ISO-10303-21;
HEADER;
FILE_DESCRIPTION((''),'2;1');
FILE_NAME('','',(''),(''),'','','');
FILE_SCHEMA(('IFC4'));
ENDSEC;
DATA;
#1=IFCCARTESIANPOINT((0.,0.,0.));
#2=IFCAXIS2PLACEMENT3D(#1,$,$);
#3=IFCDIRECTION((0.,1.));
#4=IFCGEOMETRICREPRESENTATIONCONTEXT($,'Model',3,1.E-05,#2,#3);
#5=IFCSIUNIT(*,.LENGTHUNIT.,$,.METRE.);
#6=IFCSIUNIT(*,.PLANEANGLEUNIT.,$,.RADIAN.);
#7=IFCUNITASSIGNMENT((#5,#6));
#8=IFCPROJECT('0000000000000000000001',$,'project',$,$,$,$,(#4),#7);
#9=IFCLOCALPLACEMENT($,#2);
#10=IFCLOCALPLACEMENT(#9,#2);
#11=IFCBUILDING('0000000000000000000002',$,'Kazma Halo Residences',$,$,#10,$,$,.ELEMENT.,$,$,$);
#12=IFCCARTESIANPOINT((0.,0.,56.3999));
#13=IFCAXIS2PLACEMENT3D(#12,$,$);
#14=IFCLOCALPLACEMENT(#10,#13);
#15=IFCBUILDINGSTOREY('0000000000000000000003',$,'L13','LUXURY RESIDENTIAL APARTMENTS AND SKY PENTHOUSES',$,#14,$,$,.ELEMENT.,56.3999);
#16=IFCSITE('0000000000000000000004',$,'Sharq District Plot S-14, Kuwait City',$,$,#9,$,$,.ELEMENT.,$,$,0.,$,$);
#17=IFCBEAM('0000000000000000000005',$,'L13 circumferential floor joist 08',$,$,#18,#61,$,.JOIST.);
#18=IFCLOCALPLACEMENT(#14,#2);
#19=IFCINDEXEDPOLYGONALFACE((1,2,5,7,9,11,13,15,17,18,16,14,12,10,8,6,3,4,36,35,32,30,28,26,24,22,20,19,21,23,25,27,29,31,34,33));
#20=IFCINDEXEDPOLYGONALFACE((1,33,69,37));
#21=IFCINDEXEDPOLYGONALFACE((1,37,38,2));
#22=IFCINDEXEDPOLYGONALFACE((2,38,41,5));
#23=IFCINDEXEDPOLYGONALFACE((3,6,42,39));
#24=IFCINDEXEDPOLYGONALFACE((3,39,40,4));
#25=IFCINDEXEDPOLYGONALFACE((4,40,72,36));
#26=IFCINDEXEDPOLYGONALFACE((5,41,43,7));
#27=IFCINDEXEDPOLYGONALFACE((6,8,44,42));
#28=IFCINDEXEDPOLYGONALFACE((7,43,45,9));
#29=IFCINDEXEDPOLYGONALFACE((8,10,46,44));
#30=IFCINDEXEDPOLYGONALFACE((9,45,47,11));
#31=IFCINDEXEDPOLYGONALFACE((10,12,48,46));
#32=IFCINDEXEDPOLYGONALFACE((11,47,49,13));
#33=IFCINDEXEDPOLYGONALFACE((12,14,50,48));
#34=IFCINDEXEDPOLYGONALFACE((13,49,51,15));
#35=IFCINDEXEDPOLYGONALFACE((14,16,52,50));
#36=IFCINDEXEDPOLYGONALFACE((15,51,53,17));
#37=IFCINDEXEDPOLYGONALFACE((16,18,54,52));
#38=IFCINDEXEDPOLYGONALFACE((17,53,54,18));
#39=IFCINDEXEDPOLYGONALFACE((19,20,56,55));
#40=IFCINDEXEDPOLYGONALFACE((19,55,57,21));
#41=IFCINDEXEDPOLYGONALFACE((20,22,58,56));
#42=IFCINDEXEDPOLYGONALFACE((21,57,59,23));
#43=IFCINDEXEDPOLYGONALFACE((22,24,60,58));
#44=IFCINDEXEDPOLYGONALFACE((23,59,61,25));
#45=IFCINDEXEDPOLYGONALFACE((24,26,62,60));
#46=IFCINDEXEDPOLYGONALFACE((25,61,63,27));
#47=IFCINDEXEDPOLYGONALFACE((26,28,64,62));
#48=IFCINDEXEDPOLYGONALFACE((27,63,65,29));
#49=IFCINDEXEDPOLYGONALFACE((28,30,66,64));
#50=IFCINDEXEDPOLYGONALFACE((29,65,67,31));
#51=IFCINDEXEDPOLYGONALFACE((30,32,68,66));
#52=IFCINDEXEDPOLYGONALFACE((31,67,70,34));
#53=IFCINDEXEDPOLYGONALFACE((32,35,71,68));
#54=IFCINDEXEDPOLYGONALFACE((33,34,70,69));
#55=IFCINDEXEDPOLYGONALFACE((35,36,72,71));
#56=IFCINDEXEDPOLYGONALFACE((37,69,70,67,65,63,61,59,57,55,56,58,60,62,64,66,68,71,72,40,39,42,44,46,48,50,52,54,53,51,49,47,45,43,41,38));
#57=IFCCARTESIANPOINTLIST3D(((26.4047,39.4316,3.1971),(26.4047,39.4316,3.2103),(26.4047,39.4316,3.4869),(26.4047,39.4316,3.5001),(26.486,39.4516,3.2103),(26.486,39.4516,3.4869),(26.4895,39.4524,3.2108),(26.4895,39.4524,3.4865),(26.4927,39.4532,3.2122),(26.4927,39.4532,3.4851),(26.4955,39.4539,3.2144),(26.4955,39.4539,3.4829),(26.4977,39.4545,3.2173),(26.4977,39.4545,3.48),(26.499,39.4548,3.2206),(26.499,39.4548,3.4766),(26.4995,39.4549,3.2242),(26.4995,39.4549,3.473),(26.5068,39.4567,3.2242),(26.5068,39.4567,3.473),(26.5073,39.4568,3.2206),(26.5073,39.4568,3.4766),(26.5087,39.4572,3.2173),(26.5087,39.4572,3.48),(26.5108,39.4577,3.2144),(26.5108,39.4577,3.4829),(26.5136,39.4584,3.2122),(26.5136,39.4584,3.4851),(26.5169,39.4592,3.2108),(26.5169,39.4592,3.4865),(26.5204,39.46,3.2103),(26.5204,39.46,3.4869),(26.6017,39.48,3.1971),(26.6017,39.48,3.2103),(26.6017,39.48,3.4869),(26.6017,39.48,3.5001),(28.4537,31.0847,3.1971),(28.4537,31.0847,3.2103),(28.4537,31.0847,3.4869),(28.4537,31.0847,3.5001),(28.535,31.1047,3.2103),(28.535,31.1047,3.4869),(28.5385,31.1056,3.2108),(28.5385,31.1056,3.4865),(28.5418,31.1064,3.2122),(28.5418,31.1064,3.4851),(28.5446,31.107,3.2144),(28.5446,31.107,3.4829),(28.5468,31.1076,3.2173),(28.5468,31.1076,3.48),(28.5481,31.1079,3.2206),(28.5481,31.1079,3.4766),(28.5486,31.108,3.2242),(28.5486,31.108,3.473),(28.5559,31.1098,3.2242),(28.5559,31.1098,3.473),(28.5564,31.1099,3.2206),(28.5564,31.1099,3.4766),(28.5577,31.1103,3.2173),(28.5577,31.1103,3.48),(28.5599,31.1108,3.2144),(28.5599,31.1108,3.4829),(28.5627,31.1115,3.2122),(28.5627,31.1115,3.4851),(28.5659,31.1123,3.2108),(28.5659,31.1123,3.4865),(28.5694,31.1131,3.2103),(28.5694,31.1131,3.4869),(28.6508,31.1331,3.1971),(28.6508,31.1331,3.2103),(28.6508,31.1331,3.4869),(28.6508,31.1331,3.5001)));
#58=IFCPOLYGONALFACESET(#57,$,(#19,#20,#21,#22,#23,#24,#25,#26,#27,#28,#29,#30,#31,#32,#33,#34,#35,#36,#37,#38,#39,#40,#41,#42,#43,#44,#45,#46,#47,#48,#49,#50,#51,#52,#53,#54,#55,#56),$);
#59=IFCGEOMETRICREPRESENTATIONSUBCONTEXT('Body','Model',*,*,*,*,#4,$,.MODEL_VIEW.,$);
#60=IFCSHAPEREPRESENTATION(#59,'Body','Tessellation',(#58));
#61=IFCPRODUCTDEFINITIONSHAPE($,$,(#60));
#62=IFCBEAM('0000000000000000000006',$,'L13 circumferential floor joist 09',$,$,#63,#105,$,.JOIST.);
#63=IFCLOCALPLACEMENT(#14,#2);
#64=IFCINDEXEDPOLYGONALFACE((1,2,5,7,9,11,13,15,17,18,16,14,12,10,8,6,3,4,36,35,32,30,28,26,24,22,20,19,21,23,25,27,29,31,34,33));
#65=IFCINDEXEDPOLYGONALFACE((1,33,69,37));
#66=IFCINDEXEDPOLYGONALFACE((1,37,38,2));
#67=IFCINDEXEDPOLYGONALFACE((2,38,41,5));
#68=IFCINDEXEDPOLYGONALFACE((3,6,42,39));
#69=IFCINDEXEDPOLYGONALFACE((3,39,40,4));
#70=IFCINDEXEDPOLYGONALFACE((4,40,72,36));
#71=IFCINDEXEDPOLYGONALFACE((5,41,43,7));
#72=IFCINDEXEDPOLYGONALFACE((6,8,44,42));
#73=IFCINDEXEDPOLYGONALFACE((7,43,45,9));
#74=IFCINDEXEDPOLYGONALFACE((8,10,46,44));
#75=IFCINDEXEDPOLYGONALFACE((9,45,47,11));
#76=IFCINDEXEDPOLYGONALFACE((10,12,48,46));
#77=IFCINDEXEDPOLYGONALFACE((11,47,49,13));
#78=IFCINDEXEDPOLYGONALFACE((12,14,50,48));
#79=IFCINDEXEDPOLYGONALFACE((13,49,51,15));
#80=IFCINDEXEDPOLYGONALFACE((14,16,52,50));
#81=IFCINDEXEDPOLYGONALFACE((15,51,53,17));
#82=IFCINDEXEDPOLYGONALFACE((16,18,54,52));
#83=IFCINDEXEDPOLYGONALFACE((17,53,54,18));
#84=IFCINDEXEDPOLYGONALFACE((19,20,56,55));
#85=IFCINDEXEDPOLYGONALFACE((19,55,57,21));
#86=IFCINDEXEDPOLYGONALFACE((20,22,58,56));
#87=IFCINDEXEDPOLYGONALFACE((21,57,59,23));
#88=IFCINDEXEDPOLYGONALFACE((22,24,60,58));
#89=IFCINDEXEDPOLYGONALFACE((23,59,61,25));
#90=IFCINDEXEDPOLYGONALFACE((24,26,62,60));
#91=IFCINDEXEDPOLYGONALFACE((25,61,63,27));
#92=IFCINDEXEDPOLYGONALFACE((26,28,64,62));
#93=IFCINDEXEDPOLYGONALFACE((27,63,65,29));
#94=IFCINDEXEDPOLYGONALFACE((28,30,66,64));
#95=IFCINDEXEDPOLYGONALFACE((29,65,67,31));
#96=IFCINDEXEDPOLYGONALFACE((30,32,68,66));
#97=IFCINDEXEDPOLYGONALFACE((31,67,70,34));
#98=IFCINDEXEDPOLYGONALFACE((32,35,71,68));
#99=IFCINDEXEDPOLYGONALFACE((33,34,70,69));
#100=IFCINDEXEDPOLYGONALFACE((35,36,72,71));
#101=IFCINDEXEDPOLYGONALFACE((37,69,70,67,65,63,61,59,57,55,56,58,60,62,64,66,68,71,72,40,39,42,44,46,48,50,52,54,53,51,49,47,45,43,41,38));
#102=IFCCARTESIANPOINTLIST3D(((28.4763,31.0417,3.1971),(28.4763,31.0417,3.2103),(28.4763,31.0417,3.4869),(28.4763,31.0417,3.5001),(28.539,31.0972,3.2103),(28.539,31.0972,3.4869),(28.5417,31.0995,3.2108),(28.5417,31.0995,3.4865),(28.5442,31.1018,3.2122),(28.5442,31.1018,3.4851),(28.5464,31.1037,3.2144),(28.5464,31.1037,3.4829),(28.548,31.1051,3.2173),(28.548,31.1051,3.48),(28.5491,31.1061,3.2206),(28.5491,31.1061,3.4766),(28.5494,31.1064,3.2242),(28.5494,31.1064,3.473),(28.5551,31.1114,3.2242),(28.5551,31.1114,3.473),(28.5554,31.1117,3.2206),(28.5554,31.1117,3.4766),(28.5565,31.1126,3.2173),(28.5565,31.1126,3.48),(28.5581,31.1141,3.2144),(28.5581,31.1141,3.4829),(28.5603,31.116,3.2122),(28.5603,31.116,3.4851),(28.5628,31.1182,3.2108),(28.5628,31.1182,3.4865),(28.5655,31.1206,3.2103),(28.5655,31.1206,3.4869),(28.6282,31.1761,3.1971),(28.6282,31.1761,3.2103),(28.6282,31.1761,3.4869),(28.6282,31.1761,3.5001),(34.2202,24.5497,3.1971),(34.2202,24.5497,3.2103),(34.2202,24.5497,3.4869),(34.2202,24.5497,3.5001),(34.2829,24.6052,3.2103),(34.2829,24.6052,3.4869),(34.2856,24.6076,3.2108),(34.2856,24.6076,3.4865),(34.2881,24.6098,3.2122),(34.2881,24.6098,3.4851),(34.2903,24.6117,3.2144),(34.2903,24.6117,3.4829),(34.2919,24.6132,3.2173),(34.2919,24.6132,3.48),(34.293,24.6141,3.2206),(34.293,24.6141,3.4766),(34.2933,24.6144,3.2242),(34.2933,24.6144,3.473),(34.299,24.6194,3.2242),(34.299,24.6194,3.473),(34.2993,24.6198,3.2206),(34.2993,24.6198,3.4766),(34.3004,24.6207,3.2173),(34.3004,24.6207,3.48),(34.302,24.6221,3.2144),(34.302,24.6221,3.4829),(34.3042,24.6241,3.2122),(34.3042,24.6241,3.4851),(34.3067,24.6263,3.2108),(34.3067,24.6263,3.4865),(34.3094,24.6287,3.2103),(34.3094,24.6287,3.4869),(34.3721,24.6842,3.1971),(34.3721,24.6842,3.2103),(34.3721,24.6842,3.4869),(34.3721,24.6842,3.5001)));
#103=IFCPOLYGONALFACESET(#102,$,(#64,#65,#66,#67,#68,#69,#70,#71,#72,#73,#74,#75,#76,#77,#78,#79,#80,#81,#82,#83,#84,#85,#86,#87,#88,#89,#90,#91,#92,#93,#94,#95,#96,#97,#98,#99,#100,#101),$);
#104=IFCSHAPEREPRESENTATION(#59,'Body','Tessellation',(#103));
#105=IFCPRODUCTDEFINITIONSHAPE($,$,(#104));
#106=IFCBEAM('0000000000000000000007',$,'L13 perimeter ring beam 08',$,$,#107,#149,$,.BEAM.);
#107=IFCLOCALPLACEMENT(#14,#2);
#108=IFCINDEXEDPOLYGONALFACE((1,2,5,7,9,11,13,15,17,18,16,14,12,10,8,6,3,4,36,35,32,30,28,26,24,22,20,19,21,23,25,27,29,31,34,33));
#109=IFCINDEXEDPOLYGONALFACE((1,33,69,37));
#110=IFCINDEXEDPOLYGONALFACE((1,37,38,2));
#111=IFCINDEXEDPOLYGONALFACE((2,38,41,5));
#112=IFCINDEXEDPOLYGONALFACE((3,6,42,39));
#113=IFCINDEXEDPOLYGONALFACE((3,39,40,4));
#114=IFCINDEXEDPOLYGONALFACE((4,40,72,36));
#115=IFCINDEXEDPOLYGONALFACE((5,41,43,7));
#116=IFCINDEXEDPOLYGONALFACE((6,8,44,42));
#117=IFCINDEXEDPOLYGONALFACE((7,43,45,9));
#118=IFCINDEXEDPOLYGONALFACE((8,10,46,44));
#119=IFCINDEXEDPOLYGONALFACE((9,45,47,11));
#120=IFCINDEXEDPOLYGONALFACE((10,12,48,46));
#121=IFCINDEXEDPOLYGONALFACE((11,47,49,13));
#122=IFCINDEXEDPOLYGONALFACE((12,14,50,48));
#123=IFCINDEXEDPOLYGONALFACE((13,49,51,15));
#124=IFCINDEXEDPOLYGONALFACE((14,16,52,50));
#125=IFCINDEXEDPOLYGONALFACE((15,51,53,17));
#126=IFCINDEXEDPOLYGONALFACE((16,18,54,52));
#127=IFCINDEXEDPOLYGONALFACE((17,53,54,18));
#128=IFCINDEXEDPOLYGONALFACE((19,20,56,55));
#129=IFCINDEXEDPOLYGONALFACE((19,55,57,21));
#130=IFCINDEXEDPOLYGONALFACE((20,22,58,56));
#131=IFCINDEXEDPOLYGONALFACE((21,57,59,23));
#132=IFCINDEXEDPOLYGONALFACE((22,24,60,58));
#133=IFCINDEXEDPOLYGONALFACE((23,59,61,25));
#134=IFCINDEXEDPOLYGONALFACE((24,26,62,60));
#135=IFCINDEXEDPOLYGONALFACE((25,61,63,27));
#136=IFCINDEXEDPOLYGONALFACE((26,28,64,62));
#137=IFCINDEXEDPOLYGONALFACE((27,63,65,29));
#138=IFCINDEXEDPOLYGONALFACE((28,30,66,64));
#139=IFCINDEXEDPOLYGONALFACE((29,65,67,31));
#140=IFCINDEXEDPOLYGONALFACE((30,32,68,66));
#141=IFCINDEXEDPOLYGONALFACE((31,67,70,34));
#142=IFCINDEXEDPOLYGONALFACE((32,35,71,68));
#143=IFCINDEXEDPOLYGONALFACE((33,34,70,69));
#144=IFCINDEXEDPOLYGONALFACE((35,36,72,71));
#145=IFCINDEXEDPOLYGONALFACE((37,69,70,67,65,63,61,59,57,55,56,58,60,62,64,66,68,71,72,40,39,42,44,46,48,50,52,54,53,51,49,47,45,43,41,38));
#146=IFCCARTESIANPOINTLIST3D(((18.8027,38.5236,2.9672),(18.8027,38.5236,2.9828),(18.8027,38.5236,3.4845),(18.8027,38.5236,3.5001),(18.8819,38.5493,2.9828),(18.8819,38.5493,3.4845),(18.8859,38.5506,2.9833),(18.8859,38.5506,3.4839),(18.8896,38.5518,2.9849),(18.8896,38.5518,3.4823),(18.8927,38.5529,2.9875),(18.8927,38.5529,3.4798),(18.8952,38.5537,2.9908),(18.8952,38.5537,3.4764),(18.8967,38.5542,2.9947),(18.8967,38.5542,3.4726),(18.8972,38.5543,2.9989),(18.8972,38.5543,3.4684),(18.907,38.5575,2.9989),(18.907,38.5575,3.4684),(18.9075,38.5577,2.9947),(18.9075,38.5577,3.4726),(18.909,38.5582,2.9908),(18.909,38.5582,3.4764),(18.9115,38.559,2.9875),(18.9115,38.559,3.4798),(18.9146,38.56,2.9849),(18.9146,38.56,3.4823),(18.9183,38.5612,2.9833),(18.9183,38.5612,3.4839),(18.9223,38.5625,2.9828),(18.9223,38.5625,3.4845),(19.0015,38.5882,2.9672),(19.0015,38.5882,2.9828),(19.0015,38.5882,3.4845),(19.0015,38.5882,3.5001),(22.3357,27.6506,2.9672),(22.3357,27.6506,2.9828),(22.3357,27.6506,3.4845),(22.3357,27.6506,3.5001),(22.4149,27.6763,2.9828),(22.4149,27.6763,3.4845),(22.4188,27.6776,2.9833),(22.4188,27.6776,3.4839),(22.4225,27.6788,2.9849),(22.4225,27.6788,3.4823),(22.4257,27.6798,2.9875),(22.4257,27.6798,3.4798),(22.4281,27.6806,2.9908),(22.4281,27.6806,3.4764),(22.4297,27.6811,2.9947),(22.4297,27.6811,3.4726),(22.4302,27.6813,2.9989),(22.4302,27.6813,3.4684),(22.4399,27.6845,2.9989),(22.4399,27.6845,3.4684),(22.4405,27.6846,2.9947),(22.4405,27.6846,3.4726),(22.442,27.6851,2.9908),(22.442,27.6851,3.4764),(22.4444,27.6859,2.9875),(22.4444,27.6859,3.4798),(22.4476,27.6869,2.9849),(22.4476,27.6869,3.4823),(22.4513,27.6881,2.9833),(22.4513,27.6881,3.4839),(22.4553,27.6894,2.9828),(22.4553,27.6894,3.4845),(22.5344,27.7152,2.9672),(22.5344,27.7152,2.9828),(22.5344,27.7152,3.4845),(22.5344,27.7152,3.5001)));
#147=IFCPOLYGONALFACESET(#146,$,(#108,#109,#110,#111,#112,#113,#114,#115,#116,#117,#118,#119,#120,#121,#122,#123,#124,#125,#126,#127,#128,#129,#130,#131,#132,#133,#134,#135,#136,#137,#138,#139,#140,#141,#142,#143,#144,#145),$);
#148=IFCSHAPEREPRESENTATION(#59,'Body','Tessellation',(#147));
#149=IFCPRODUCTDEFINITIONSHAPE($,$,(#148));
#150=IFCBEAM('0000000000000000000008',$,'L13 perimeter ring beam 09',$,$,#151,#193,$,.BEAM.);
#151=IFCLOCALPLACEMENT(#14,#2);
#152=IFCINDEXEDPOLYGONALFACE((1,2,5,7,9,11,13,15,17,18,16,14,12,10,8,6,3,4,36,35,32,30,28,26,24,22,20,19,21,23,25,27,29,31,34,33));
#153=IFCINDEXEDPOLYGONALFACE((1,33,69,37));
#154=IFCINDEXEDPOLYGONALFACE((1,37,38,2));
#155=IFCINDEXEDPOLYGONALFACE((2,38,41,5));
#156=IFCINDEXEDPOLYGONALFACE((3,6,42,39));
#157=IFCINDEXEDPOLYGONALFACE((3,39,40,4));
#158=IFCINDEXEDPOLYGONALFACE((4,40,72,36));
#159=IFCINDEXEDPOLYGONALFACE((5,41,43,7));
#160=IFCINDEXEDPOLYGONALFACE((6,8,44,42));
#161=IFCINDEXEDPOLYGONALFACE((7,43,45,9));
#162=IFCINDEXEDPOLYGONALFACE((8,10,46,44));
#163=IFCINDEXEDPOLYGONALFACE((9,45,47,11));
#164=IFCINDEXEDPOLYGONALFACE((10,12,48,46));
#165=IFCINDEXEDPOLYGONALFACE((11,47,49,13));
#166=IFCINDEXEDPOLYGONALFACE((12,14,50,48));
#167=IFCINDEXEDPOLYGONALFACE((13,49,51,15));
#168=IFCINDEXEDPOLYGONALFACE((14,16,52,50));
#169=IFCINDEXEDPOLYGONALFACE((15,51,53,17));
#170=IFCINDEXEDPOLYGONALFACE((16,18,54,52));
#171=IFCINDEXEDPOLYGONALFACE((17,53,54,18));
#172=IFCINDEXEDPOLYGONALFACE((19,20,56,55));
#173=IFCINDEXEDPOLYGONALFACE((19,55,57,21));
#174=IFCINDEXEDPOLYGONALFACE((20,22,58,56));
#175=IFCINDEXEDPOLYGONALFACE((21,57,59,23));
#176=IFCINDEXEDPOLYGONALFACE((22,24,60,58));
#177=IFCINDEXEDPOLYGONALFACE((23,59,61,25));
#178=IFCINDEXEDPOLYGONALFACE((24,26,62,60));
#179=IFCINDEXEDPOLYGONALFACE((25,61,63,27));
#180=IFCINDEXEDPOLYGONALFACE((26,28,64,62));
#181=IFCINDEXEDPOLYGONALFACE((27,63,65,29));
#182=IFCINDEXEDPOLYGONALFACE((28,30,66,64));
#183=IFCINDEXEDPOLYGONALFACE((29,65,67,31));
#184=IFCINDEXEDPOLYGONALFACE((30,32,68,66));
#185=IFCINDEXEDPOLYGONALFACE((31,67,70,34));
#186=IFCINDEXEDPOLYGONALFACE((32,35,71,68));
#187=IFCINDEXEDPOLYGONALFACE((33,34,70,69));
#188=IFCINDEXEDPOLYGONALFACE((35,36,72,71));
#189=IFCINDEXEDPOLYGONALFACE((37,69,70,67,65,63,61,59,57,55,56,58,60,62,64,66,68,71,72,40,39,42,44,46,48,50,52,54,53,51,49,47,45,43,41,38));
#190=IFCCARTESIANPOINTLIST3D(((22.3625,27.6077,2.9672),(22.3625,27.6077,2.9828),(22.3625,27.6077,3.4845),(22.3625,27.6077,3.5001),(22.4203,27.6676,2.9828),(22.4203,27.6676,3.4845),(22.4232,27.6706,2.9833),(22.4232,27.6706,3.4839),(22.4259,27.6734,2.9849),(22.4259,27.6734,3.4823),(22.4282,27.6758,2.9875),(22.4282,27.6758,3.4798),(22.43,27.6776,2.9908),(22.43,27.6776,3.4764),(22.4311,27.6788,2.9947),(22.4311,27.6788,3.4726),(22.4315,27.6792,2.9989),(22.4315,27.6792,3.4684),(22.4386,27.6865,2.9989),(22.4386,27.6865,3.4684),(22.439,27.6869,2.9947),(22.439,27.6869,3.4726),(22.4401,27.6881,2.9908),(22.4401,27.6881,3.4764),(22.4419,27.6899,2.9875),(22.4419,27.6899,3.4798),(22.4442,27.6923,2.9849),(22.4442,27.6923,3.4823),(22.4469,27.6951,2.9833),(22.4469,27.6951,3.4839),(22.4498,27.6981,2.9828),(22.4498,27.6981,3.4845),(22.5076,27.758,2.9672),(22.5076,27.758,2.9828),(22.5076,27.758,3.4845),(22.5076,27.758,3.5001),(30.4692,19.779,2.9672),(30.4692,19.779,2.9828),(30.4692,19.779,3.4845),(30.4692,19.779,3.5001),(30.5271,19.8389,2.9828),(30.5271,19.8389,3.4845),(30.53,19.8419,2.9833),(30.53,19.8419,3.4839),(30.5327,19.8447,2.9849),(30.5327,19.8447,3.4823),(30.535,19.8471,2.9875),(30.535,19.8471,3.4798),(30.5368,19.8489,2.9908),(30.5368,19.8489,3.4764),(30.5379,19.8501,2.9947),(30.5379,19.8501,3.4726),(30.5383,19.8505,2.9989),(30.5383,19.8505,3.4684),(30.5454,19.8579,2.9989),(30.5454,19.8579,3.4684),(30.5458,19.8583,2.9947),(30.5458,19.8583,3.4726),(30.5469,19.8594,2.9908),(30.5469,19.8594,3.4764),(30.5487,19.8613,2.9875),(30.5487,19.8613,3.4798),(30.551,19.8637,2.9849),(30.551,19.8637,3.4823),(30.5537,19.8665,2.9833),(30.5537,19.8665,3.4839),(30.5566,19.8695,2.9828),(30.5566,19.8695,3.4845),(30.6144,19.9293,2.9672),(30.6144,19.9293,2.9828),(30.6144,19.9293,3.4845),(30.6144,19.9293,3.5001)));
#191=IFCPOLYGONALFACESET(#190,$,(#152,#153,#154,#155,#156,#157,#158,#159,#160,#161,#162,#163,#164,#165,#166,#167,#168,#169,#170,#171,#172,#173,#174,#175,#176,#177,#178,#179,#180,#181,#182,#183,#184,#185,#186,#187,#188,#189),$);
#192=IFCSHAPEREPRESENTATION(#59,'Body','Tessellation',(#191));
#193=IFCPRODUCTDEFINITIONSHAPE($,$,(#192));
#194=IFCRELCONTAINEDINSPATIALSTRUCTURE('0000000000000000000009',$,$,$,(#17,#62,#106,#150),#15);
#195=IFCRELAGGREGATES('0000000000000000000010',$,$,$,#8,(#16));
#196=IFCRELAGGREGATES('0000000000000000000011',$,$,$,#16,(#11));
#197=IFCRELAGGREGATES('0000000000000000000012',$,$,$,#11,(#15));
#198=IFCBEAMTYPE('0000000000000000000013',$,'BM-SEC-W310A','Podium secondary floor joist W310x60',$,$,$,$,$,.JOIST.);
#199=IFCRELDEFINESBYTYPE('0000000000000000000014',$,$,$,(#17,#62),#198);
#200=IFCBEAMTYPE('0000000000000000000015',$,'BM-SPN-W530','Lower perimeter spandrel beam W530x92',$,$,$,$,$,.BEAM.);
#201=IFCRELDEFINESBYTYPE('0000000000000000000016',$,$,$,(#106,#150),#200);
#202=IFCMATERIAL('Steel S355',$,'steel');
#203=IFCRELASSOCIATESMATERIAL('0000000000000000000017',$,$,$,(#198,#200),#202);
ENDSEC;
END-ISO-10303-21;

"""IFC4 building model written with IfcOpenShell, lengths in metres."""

from ifc_helpers import new_model, si_unit, direction, frame, origin, origin_2d, place, context, subcontext, project, spatial, i_section, extrude, material, material_profile, profile_set, type_object, element, save


model = new_model("IFC4")

# Units and contexts
model_context = context("Model", 3, precision=1e-05, world=origin(), true_north=direction((0.0, 1.0)))
body_context = subcontext(model_context, "Body", "Model", "MODEL_VIEW")
ifc_project = project(units=[si_unit("LENGTHUNIT", "METRE"), si_unit("PLANEANGLEUNIT", "RADIAN")], contexts=[model_context])

# Site, building, storey
site_placement = place(None, origin())
site = spatial("IfcSite", under=ifc_project, at=site_placement, Name="Sharq District Plot S-14, Kuwait City", CompositionType="ELEMENT", RefElevation=0.0)
building_placement = place(site_placement, origin())
building = spatial("IfcBuilding", under=site, at=building_placement, Name="Kazma Halo Residences", CompositionType="ELEMENT")
storey_placement = place(building_placement, frame((0.0, 0.0, 56.3999)))
storey = spatial("IfcBuildingStorey", under=building, at=storey_placement, Name="L13", Description="LUXURY RESIDENTIAL APARTMENTS AND SKY PENTHOUSES", CompositionType="ELEMENT", Elevation=56.3999)

# Beams
ifc_material_1 = material(Name="Steel S355", Category="steel")
ifc_material_profile_1 = material_profile(ifc_material_1, i_section(OverallWidth=0.2029, OverallDepth=0.303, WebThickness=0.0076, FlangeThickness=0.0132, FilletRadius=0.0139, at=origin_2d()), Name="W310x60")
ifc_profile_set_1 = profile_set([ifc_material_profile_1], Name="Steel S355")
beam_type_1 = type_object("IfcBeamType", Name="BM-SEC-W310A", Description="Podium secondary floor joist W310x60", PredefinedType="JOIST", material=ifc_profile_set_1)
beam_1_placement = place(storey_placement, frame((26.5032, 39.4558, 3.3486), z_axis=(0.23841, -0.971165, 0.0), x_axis=(0.971165, 0.23841, 0.0)))
element("IfcBeam", 1, at=beam_1_placement, inside=storey, type_object=beam_type_1, Name="L13 circumferential floor joist 08", PredefinedType="JOIST", context=body_context, shape_type="SweptSolid", body=[
    extrude(i_section(OverallWidth=0.2029, OverallDepth=0.303, WebThickness=0.0076, FlangeThickness=0.0132, FilletRadius=0.0139, at=origin_2d()), origin(), (0.0, 0.0, 1.0), 8.5947),
])
beam_2_placement = place(storey_placement, frame((28.5522, 31.1089, 3.3486), z_axis=(0.66264, -0.748938, 0.0), x_axis=(0.748938, 0.66264, 0.0)))
element("IfcBeam", 2, at=beam_2_placement, inside=storey, type_object=beam_type_1, Name="L13 circumferential floor joist 09", PredefinedType="JOIST", context=body_context, shape_type="SweptSolid", body=[
    extrude(i_section(OverallWidth=0.2029, OverallDepth=0.303, WebThickness=0.0076, FlangeThickness=0.0132, FilletRadius=0.0139, at=origin_2d()), origin(), (0.0, 0.0, 1.0), 8.6682),
])
ifc_material_profile_2 = material_profile(ifc_material_1, i_section(OverallWidth=0.209, OverallDepth=0.533, WebThickness=0.0103, FlangeThickness=0.0156, FilletRadius=0.0161, at=origin_2d()), Name="W530x92")
ifc_profile_set_2 = profile_set([ifc_material_profile_2], Name="Steel S355")
beam_type_2 = type_object("IfcBeamType", Name="BM-SPN-W530", Description="Lower perimeter spandrel beam W530x92", PredefinedType="BEAM", material=ifc_profile_set_2)
beam_3_placement = place(storey_placement, frame((18.9021, 38.5559, 3.2336), z_axis=(0.309024, -0.951054, 0.0), x_axis=(0.951054, 0.309024, 0.0)))
element("IfcBeam", 3, at=beam_3_placement, inside=storey, type_object=beam_type_2, Name="L13 perimeter ring beam 08", PredefinedType="BEAM", context=body_context, shape_type="SweptSolid", body=[
    extrude(i_section(OverallWidth=0.209, OverallDepth=0.533, WebThickness=0.0103, FlangeThickness=0.0156, FilletRadius=0.0161, at=origin_2d()), origin(), (0.0, 0.0, 1.0), 11.4326),
])
beam_4_placement = place(storey_placement, frame((22.4351, 27.6829, 3.2336), z_axis=(0.719337, -0.694662, 0.0), x_axis=(0.694662, 0.719337, 0.0)))
element("IfcBeam", 4, at=beam_4_placement, inside=storey, type_object=beam_type_2, Name="L13 perimeter ring beam 09", PredefinedType="BEAM", context=body_context, shape_type="SweptSolid", body=[
    extrude(i_section(OverallWidth=0.209, OverallDepth=0.533, WebThickness=0.0103, FlangeThickness=0.0156, FilletRadius=0.0161, at=origin_2d()), origin(), (0.0, 0.0, 1.0), 11.2698),
])

save(model, "model.ifc")
